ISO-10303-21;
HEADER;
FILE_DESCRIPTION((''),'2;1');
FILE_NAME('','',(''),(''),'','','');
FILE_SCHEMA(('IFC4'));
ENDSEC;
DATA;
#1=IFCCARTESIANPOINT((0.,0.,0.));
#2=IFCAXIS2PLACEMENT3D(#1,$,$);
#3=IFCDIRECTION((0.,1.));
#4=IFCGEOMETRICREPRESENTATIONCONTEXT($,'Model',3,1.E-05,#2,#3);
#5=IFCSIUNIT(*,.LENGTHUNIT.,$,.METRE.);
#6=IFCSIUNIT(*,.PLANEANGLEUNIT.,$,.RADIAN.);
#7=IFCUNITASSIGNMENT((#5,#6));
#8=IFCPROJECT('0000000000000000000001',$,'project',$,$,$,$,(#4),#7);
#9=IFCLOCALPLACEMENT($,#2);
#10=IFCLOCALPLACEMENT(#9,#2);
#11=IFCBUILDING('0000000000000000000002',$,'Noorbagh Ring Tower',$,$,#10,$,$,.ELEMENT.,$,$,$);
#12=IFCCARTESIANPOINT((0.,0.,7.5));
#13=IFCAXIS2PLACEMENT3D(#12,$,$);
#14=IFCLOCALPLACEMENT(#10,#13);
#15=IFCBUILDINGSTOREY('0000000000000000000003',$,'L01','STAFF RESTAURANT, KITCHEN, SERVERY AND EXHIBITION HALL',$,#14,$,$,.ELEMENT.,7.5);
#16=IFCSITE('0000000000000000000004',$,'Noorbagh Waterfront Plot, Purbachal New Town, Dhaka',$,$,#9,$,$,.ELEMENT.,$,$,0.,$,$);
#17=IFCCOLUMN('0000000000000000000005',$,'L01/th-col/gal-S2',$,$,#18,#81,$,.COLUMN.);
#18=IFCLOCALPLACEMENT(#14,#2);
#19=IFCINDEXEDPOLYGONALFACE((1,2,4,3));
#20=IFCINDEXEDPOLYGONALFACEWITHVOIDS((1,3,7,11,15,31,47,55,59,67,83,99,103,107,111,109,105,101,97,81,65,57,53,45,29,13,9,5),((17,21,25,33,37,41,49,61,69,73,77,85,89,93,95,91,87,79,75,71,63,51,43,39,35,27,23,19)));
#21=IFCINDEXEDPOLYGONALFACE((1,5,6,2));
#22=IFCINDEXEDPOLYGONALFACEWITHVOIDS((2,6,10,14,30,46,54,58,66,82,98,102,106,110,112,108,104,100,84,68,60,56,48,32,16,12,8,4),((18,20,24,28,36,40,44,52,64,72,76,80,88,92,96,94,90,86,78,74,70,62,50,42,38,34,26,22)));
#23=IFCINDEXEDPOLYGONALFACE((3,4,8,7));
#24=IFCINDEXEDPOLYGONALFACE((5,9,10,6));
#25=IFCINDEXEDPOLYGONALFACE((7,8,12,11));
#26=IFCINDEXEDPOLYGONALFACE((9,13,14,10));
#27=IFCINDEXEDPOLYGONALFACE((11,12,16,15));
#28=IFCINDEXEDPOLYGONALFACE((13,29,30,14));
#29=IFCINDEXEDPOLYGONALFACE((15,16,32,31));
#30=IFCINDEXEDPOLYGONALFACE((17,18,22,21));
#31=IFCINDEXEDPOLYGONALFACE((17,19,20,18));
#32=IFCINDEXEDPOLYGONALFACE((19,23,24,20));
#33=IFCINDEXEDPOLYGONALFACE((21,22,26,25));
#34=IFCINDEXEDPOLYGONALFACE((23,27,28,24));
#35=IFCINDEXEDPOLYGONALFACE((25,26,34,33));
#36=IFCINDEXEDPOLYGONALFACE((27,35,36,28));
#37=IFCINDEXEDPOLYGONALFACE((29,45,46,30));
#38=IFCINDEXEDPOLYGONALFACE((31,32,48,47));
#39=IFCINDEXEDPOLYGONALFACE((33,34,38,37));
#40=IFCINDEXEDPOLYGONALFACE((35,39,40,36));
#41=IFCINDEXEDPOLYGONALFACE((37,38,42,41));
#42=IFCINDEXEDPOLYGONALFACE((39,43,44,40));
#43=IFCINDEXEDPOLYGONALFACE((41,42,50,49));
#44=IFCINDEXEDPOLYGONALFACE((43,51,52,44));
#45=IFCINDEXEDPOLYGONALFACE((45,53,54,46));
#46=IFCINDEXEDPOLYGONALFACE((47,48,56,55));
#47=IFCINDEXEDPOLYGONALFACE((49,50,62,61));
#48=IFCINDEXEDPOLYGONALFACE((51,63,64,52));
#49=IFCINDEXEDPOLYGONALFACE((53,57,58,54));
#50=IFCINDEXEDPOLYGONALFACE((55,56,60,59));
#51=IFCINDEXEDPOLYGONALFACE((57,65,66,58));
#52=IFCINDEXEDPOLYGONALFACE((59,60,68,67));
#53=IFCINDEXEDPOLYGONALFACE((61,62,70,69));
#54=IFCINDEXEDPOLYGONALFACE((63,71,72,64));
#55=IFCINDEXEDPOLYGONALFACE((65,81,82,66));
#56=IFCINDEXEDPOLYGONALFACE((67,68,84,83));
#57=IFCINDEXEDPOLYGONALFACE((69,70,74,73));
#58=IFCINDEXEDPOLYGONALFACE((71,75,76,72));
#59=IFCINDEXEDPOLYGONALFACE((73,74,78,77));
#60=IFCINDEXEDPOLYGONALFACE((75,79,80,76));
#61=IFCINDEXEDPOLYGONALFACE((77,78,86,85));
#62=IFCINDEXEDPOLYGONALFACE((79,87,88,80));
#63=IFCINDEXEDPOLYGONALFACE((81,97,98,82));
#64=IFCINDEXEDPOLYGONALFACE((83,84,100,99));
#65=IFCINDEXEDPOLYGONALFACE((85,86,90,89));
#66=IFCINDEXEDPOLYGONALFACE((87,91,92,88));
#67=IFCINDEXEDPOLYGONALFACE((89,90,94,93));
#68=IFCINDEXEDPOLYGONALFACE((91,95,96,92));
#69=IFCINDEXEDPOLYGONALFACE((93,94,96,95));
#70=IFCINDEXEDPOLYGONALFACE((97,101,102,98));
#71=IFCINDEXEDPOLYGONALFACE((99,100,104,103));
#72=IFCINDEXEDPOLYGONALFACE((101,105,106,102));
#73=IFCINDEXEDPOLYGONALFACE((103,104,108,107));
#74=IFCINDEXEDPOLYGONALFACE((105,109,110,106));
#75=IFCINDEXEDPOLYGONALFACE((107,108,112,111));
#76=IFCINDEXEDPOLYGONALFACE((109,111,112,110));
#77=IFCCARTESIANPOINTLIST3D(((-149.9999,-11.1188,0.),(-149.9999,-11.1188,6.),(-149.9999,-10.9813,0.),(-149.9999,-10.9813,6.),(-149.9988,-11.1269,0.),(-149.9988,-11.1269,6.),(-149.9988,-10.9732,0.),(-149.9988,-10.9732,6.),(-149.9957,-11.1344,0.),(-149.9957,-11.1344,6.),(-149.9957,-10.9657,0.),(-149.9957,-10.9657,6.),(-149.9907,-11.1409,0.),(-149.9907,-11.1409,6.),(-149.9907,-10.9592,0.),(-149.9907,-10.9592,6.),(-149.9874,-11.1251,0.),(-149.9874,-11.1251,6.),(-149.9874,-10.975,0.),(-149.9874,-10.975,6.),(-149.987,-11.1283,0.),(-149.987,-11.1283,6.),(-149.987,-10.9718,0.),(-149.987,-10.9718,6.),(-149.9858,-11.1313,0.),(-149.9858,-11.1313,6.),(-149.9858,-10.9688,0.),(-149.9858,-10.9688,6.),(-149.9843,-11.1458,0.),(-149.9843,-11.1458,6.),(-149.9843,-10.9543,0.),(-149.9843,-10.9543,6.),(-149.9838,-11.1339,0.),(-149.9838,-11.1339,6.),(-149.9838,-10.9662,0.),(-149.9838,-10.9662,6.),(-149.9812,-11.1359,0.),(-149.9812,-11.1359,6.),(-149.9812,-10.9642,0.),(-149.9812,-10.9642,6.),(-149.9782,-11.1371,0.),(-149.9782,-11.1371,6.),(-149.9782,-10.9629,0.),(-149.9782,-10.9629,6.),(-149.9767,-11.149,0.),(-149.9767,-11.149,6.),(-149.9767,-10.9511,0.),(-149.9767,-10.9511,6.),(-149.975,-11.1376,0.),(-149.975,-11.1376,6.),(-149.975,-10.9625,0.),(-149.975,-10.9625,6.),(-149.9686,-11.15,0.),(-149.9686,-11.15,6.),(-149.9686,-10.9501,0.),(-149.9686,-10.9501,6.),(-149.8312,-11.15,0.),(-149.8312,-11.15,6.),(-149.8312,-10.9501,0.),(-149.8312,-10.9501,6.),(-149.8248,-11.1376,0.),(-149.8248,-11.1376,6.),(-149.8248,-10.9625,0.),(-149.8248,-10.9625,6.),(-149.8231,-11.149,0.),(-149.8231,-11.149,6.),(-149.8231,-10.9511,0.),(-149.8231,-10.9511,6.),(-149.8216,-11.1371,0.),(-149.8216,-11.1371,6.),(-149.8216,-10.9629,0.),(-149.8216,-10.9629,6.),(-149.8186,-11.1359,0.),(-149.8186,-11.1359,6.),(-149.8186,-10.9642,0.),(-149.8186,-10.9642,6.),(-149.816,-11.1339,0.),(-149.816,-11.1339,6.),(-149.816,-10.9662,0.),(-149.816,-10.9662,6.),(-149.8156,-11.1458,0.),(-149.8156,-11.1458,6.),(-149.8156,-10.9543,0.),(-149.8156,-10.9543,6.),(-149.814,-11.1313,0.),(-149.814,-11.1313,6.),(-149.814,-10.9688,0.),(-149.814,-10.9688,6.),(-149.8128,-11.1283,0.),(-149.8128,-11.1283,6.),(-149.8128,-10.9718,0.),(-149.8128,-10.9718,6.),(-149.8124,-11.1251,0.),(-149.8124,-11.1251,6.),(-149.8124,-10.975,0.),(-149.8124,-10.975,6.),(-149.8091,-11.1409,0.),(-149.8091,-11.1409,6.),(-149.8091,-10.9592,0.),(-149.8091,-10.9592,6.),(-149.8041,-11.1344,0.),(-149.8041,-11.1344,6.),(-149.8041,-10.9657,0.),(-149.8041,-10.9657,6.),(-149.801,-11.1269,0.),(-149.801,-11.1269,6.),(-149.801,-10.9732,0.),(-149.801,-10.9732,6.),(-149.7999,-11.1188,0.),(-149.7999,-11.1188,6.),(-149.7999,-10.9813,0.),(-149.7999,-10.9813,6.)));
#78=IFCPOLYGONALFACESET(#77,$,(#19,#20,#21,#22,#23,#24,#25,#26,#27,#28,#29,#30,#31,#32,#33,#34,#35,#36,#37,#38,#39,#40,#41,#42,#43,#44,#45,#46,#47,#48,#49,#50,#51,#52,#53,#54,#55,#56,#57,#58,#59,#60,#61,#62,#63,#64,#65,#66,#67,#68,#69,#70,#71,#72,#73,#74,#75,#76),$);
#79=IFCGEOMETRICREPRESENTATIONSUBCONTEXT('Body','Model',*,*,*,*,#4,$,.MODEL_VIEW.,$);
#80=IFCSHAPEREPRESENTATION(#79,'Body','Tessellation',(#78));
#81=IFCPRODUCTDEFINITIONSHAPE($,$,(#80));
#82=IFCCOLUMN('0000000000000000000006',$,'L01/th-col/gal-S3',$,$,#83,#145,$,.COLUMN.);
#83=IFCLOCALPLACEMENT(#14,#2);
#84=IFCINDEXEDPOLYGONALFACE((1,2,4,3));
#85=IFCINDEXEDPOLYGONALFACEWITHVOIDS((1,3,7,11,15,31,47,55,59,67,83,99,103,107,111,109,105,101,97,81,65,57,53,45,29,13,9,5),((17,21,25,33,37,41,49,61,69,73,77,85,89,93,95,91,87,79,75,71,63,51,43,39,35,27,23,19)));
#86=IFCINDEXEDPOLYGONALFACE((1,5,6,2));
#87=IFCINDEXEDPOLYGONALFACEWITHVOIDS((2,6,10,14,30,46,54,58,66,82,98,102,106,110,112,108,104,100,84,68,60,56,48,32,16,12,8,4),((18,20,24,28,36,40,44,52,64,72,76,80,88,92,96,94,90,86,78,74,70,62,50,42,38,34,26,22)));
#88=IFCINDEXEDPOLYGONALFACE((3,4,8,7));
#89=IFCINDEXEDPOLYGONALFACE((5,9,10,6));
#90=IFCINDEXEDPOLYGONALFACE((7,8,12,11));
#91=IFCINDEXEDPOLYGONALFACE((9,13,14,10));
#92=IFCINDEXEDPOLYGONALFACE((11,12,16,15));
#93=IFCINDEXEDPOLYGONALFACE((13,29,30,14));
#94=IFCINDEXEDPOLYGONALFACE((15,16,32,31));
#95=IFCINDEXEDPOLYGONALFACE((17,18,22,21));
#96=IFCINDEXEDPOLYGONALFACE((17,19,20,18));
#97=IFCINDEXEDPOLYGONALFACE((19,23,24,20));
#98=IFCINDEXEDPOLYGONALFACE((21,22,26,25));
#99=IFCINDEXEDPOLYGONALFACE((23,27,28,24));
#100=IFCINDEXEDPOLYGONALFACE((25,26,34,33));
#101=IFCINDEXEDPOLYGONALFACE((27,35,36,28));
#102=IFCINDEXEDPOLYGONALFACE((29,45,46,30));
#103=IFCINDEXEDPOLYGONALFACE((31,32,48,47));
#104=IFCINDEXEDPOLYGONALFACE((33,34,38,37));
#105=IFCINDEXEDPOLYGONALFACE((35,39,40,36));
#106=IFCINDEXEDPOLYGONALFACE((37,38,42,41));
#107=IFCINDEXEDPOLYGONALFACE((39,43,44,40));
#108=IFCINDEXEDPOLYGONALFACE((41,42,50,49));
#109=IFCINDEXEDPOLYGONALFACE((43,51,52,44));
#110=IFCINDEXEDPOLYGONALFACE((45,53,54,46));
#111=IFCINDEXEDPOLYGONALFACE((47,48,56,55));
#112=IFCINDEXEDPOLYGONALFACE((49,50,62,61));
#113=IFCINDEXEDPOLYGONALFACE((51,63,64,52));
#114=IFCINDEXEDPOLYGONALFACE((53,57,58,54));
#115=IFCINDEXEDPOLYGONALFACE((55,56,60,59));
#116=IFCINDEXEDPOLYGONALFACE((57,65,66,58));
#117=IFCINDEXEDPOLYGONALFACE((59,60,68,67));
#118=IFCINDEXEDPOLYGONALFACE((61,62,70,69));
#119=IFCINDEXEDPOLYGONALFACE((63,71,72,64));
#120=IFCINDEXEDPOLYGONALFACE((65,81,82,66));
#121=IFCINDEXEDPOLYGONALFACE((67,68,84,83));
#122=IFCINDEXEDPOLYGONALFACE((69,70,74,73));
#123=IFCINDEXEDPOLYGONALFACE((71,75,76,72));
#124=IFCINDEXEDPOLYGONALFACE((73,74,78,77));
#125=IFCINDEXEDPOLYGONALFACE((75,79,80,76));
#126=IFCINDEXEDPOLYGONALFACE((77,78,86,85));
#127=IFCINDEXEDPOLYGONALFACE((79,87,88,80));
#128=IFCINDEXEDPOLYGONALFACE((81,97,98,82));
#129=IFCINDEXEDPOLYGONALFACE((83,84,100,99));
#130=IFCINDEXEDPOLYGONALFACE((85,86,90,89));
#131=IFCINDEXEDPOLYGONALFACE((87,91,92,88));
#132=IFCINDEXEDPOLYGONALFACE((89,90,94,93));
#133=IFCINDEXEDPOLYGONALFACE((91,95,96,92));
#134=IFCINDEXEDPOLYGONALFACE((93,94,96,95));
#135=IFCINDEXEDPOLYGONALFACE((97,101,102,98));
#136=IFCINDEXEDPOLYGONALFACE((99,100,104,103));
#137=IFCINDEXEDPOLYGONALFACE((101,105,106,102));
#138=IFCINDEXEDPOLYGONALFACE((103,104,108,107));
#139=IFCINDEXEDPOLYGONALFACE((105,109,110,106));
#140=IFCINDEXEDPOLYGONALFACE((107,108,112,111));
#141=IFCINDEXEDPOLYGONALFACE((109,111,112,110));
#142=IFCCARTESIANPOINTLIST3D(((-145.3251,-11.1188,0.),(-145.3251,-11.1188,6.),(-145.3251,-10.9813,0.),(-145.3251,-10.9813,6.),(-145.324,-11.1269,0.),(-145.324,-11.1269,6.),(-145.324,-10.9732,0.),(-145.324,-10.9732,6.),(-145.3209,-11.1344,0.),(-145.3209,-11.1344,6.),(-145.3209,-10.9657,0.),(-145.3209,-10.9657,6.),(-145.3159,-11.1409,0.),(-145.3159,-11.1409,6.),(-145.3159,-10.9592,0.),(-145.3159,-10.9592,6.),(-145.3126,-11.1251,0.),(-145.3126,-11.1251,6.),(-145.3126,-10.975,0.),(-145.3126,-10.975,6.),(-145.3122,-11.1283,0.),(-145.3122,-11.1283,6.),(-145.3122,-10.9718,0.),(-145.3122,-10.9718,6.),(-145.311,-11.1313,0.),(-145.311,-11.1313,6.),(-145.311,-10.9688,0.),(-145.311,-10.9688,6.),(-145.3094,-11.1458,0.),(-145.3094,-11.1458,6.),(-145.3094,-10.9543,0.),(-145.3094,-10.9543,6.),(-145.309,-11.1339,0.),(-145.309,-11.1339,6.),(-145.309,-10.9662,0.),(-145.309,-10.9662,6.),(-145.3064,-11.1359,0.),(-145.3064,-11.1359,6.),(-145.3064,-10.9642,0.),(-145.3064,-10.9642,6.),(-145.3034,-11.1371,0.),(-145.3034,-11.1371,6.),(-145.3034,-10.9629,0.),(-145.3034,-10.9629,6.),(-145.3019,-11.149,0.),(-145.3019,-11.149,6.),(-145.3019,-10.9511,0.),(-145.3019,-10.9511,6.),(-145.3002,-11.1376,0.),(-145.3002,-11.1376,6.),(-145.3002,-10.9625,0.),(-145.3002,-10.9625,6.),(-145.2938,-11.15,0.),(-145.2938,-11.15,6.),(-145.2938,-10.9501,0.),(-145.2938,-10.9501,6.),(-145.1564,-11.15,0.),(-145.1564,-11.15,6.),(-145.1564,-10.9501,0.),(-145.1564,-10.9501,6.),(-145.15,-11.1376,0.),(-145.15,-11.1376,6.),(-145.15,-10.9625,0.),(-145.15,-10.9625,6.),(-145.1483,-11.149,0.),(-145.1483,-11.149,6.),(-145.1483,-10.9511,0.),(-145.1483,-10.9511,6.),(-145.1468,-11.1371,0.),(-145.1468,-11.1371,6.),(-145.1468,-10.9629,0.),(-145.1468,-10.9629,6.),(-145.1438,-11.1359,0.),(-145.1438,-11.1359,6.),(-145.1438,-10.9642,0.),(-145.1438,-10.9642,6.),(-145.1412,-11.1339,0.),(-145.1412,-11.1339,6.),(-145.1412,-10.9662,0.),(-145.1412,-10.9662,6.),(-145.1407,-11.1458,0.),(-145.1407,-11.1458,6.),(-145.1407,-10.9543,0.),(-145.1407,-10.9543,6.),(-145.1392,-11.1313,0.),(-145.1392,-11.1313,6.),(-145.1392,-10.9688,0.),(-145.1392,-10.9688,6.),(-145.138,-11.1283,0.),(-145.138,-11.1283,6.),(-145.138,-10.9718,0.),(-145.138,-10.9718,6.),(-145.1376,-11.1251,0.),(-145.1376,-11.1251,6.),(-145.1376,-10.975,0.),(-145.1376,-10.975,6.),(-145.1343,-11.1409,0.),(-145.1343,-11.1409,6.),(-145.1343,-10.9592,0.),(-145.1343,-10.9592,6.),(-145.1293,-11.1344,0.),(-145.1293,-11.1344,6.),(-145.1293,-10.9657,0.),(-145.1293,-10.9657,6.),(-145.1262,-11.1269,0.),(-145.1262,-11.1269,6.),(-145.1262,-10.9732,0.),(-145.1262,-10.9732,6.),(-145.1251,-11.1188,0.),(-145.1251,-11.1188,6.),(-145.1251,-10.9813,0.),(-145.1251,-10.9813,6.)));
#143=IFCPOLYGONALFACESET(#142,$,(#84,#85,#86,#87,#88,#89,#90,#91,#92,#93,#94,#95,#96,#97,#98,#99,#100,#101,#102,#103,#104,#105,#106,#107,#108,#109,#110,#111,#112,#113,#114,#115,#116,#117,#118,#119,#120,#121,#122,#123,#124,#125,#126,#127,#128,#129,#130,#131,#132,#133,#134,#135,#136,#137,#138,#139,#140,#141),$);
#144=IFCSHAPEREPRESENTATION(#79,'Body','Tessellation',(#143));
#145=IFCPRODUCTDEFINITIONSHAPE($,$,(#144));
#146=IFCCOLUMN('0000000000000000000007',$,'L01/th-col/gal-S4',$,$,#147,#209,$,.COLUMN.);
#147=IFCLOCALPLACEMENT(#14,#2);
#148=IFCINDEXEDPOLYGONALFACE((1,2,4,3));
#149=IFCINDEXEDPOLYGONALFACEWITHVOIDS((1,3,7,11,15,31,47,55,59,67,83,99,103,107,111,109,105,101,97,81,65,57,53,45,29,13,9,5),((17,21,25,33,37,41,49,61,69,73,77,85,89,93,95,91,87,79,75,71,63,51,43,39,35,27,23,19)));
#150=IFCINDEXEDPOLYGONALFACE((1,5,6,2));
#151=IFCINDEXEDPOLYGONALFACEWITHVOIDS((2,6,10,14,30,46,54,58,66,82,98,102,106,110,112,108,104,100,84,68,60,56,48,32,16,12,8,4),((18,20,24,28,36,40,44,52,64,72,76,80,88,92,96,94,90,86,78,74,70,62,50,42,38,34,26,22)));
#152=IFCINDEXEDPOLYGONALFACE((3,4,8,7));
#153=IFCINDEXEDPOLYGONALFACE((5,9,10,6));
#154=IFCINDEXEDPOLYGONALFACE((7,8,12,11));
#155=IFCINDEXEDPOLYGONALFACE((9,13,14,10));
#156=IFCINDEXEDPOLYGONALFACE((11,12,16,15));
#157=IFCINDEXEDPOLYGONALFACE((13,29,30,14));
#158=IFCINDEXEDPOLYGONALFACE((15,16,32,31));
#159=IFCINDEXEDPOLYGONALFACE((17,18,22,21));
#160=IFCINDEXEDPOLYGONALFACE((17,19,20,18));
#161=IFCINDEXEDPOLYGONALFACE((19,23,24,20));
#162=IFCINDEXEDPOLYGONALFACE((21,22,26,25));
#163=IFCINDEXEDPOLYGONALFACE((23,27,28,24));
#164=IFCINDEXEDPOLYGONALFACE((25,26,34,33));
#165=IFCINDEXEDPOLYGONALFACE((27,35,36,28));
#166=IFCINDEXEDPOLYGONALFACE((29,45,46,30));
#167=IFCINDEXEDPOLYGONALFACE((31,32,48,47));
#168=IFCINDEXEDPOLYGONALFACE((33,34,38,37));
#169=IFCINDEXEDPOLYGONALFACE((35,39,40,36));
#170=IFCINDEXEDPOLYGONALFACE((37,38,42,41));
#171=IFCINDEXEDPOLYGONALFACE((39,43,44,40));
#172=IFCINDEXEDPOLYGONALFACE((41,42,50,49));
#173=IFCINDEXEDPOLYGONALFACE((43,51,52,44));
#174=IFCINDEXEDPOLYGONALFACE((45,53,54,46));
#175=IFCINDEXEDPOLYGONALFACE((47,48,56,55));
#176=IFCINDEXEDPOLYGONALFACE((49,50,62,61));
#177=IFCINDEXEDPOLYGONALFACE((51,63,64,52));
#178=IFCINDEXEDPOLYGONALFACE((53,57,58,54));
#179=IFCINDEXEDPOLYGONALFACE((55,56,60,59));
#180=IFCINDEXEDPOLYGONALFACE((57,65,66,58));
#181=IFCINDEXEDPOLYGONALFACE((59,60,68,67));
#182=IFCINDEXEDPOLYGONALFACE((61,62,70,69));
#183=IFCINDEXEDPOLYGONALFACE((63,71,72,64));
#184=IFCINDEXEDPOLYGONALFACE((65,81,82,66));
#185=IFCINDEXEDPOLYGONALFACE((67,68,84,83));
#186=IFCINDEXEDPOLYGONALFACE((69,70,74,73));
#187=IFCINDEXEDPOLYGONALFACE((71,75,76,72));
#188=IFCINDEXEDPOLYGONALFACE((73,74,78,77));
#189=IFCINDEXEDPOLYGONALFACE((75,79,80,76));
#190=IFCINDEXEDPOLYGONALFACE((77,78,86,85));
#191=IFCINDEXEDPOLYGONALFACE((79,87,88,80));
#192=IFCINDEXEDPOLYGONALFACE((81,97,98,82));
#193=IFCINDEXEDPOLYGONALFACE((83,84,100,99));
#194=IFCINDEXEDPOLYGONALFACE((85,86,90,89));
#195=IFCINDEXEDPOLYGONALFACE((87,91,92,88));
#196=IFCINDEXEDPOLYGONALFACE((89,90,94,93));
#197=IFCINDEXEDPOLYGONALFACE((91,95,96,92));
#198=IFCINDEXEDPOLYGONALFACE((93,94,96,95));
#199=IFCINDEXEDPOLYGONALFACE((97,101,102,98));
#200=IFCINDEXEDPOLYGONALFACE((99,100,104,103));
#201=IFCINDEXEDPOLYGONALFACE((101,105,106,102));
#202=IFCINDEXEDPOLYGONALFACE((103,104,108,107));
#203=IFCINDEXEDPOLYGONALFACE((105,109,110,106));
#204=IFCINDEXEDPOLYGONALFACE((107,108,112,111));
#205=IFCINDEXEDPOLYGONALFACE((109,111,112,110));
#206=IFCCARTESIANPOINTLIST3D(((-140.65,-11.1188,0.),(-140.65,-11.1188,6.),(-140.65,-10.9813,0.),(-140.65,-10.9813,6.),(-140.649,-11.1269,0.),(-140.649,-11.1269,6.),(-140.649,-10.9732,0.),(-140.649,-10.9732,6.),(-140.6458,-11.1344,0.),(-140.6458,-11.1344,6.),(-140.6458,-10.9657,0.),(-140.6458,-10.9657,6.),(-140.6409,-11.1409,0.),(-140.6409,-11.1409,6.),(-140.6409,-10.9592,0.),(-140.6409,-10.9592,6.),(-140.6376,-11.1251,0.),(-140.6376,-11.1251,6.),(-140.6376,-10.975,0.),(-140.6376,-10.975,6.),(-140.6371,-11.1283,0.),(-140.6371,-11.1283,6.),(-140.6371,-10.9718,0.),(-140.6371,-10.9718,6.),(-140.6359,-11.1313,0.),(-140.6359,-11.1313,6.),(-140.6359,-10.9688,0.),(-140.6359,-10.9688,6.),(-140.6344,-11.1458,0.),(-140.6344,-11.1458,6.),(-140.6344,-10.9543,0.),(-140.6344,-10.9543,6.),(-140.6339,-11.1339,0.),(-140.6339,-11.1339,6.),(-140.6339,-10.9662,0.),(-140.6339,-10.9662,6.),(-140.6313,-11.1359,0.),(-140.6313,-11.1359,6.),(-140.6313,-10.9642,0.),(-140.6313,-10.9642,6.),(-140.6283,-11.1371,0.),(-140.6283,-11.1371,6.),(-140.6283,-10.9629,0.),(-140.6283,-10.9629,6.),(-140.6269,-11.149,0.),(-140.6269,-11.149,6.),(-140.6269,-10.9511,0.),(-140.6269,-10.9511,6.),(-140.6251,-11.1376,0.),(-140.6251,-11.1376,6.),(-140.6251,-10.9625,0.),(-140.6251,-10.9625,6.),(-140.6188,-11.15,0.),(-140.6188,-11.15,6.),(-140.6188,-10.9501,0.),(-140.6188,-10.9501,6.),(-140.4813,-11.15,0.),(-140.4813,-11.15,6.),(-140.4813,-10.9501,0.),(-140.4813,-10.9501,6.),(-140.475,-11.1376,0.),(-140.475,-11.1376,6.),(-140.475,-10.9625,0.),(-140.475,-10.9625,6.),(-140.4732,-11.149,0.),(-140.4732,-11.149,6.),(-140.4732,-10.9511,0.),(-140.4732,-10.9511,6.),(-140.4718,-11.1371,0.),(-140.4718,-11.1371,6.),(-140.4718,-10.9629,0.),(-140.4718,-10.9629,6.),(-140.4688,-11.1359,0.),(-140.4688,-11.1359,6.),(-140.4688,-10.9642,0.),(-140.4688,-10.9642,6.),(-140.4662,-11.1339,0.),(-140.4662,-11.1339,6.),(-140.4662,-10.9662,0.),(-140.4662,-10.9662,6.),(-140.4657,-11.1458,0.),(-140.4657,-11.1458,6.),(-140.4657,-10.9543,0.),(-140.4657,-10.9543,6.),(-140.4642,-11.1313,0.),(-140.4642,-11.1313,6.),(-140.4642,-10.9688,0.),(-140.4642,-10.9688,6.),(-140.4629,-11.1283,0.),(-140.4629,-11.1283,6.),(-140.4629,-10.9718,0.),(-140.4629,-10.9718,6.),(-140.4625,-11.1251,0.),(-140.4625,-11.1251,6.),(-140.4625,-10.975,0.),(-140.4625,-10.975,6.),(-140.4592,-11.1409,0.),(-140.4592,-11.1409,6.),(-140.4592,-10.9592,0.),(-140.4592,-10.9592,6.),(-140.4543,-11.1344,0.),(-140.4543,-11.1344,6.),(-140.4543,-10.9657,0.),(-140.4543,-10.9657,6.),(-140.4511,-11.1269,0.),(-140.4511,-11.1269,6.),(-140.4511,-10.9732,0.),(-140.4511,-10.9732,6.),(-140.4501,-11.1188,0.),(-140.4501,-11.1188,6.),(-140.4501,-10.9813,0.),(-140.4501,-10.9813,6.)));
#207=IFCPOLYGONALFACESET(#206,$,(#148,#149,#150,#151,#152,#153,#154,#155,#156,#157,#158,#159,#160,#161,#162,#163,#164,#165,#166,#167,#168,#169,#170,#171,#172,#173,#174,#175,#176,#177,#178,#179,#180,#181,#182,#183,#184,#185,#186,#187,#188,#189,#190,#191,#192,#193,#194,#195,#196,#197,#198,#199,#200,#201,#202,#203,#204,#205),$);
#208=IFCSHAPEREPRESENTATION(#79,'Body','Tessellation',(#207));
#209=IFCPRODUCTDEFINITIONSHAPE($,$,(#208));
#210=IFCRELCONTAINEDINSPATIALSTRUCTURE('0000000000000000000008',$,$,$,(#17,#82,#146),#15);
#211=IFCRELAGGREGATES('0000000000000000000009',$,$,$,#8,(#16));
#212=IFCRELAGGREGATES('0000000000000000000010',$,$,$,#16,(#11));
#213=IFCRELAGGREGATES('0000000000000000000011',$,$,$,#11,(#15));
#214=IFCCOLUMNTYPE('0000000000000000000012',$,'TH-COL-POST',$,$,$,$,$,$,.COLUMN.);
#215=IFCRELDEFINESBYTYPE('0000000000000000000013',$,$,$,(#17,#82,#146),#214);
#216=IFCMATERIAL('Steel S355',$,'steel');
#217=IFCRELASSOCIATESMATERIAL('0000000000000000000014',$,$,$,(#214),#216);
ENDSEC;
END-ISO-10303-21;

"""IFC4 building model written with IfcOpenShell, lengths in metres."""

from ifc_helpers import new_model, si_unit, direction, frame, origin, origin_2d, place, context, subcontext, project, spatial, hollow_rectangle, extrude, material, material_profile, profile_set, type_object, element, save


model = new_model("IFC4")

# Units and contexts
model_context = context("Model", 3, precision=1e-05, world=origin(), true_north=direction((0.0, 1.0)))
body_context = subcontext(model_context, "Body", "Model", "MODEL_VIEW")
ifc_project = project(units=[si_unit("LENGTHUNIT", "METRE"), si_unit("PLANEANGLEUNIT", "RADIAN")], contexts=[model_context])

# Site, building, storey
site_placement = place(None, origin())
site = spatial("IfcSite", under=ifc_project, at=site_placement, Name="Noorbagh Waterfront Plot, Purbachal New Town, Dhaka", CompositionType="ELEMENT", RefElevation=0.0)
building_placement = place(site_placement, origin())
building = spatial("IfcBuilding", under=site, at=building_placement, Name="Noorbagh Ring Tower", CompositionType="ELEMENT")
storey_placement = place(building_placement, frame((0.0, 0.0, 7.5)))
storey = spatial("IfcBuildingStorey", under=building, at=storey_placement, Name="L01", Description="STAFF RESTAURANT, KITCHEN, SERVERY AND EXHIBITION HALL", CompositionType="ELEMENT", Elevation=7.5)

# Columns
ifc_material_1 = material(Name="Steel S355", Category="steel")
ifc_material_profile_1 = material_profile(ifc_material_1, hollow_rectangle(XDim=0.2, YDim=0.2, WallThickness=0.0125, InnerFilletRadius=0.0125, OuterFilletRadius=0.0312, at=origin_2d()), Name="SHS200x200x12.5")
ifc_profile_set_1 = profile_set([ifc_material_profile_1], Name="Steel S355")
column_type = type_object("IfcColumnType", Name="TH-COL-POST", PredefinedType="COLUMN", material=ifc_profile_set_1)
for number, where, z_axis, x_axis, name in (
    (1, (-149.8999, -11.05, 0.0), (0.0, 0.0, 1.0), (1.0, 0.0, 0.0), "L01/th-col/gal-S2"),
    (2, (-145.2251, -11.05, 0.0), (0.0, 0.0, 1.0), (1.0, 0.0, 0.0), "L01/th-col/gal-S3"),
    (3, (-140.55, -11.05, 0.0), (0.0, 0.0, 1.0), (1.0, 0.0, 0.0), "L01/th-col/gal-S4"),
):
    element("IfcColumn", number, at=place(storey_placement, frame(where, z_axis=z_axis, x_axis=x_axis)), inside=storey, type_object=column_type, Name=name, PredefinedType="COLUMN", context=body_context, shape_type="SweptSolid", body=[
        extrude(hollow_rectangle(XDim=0.2, YDim=0.2, WallThickness=0.0125, InnerFilletRadius=0.0125, OuterFilletRadius=0.0312, at=origin_2d()), origin(), (0.0, 0.0, 1.0), 6.0),
    ])

save(model, "model.ifc")
